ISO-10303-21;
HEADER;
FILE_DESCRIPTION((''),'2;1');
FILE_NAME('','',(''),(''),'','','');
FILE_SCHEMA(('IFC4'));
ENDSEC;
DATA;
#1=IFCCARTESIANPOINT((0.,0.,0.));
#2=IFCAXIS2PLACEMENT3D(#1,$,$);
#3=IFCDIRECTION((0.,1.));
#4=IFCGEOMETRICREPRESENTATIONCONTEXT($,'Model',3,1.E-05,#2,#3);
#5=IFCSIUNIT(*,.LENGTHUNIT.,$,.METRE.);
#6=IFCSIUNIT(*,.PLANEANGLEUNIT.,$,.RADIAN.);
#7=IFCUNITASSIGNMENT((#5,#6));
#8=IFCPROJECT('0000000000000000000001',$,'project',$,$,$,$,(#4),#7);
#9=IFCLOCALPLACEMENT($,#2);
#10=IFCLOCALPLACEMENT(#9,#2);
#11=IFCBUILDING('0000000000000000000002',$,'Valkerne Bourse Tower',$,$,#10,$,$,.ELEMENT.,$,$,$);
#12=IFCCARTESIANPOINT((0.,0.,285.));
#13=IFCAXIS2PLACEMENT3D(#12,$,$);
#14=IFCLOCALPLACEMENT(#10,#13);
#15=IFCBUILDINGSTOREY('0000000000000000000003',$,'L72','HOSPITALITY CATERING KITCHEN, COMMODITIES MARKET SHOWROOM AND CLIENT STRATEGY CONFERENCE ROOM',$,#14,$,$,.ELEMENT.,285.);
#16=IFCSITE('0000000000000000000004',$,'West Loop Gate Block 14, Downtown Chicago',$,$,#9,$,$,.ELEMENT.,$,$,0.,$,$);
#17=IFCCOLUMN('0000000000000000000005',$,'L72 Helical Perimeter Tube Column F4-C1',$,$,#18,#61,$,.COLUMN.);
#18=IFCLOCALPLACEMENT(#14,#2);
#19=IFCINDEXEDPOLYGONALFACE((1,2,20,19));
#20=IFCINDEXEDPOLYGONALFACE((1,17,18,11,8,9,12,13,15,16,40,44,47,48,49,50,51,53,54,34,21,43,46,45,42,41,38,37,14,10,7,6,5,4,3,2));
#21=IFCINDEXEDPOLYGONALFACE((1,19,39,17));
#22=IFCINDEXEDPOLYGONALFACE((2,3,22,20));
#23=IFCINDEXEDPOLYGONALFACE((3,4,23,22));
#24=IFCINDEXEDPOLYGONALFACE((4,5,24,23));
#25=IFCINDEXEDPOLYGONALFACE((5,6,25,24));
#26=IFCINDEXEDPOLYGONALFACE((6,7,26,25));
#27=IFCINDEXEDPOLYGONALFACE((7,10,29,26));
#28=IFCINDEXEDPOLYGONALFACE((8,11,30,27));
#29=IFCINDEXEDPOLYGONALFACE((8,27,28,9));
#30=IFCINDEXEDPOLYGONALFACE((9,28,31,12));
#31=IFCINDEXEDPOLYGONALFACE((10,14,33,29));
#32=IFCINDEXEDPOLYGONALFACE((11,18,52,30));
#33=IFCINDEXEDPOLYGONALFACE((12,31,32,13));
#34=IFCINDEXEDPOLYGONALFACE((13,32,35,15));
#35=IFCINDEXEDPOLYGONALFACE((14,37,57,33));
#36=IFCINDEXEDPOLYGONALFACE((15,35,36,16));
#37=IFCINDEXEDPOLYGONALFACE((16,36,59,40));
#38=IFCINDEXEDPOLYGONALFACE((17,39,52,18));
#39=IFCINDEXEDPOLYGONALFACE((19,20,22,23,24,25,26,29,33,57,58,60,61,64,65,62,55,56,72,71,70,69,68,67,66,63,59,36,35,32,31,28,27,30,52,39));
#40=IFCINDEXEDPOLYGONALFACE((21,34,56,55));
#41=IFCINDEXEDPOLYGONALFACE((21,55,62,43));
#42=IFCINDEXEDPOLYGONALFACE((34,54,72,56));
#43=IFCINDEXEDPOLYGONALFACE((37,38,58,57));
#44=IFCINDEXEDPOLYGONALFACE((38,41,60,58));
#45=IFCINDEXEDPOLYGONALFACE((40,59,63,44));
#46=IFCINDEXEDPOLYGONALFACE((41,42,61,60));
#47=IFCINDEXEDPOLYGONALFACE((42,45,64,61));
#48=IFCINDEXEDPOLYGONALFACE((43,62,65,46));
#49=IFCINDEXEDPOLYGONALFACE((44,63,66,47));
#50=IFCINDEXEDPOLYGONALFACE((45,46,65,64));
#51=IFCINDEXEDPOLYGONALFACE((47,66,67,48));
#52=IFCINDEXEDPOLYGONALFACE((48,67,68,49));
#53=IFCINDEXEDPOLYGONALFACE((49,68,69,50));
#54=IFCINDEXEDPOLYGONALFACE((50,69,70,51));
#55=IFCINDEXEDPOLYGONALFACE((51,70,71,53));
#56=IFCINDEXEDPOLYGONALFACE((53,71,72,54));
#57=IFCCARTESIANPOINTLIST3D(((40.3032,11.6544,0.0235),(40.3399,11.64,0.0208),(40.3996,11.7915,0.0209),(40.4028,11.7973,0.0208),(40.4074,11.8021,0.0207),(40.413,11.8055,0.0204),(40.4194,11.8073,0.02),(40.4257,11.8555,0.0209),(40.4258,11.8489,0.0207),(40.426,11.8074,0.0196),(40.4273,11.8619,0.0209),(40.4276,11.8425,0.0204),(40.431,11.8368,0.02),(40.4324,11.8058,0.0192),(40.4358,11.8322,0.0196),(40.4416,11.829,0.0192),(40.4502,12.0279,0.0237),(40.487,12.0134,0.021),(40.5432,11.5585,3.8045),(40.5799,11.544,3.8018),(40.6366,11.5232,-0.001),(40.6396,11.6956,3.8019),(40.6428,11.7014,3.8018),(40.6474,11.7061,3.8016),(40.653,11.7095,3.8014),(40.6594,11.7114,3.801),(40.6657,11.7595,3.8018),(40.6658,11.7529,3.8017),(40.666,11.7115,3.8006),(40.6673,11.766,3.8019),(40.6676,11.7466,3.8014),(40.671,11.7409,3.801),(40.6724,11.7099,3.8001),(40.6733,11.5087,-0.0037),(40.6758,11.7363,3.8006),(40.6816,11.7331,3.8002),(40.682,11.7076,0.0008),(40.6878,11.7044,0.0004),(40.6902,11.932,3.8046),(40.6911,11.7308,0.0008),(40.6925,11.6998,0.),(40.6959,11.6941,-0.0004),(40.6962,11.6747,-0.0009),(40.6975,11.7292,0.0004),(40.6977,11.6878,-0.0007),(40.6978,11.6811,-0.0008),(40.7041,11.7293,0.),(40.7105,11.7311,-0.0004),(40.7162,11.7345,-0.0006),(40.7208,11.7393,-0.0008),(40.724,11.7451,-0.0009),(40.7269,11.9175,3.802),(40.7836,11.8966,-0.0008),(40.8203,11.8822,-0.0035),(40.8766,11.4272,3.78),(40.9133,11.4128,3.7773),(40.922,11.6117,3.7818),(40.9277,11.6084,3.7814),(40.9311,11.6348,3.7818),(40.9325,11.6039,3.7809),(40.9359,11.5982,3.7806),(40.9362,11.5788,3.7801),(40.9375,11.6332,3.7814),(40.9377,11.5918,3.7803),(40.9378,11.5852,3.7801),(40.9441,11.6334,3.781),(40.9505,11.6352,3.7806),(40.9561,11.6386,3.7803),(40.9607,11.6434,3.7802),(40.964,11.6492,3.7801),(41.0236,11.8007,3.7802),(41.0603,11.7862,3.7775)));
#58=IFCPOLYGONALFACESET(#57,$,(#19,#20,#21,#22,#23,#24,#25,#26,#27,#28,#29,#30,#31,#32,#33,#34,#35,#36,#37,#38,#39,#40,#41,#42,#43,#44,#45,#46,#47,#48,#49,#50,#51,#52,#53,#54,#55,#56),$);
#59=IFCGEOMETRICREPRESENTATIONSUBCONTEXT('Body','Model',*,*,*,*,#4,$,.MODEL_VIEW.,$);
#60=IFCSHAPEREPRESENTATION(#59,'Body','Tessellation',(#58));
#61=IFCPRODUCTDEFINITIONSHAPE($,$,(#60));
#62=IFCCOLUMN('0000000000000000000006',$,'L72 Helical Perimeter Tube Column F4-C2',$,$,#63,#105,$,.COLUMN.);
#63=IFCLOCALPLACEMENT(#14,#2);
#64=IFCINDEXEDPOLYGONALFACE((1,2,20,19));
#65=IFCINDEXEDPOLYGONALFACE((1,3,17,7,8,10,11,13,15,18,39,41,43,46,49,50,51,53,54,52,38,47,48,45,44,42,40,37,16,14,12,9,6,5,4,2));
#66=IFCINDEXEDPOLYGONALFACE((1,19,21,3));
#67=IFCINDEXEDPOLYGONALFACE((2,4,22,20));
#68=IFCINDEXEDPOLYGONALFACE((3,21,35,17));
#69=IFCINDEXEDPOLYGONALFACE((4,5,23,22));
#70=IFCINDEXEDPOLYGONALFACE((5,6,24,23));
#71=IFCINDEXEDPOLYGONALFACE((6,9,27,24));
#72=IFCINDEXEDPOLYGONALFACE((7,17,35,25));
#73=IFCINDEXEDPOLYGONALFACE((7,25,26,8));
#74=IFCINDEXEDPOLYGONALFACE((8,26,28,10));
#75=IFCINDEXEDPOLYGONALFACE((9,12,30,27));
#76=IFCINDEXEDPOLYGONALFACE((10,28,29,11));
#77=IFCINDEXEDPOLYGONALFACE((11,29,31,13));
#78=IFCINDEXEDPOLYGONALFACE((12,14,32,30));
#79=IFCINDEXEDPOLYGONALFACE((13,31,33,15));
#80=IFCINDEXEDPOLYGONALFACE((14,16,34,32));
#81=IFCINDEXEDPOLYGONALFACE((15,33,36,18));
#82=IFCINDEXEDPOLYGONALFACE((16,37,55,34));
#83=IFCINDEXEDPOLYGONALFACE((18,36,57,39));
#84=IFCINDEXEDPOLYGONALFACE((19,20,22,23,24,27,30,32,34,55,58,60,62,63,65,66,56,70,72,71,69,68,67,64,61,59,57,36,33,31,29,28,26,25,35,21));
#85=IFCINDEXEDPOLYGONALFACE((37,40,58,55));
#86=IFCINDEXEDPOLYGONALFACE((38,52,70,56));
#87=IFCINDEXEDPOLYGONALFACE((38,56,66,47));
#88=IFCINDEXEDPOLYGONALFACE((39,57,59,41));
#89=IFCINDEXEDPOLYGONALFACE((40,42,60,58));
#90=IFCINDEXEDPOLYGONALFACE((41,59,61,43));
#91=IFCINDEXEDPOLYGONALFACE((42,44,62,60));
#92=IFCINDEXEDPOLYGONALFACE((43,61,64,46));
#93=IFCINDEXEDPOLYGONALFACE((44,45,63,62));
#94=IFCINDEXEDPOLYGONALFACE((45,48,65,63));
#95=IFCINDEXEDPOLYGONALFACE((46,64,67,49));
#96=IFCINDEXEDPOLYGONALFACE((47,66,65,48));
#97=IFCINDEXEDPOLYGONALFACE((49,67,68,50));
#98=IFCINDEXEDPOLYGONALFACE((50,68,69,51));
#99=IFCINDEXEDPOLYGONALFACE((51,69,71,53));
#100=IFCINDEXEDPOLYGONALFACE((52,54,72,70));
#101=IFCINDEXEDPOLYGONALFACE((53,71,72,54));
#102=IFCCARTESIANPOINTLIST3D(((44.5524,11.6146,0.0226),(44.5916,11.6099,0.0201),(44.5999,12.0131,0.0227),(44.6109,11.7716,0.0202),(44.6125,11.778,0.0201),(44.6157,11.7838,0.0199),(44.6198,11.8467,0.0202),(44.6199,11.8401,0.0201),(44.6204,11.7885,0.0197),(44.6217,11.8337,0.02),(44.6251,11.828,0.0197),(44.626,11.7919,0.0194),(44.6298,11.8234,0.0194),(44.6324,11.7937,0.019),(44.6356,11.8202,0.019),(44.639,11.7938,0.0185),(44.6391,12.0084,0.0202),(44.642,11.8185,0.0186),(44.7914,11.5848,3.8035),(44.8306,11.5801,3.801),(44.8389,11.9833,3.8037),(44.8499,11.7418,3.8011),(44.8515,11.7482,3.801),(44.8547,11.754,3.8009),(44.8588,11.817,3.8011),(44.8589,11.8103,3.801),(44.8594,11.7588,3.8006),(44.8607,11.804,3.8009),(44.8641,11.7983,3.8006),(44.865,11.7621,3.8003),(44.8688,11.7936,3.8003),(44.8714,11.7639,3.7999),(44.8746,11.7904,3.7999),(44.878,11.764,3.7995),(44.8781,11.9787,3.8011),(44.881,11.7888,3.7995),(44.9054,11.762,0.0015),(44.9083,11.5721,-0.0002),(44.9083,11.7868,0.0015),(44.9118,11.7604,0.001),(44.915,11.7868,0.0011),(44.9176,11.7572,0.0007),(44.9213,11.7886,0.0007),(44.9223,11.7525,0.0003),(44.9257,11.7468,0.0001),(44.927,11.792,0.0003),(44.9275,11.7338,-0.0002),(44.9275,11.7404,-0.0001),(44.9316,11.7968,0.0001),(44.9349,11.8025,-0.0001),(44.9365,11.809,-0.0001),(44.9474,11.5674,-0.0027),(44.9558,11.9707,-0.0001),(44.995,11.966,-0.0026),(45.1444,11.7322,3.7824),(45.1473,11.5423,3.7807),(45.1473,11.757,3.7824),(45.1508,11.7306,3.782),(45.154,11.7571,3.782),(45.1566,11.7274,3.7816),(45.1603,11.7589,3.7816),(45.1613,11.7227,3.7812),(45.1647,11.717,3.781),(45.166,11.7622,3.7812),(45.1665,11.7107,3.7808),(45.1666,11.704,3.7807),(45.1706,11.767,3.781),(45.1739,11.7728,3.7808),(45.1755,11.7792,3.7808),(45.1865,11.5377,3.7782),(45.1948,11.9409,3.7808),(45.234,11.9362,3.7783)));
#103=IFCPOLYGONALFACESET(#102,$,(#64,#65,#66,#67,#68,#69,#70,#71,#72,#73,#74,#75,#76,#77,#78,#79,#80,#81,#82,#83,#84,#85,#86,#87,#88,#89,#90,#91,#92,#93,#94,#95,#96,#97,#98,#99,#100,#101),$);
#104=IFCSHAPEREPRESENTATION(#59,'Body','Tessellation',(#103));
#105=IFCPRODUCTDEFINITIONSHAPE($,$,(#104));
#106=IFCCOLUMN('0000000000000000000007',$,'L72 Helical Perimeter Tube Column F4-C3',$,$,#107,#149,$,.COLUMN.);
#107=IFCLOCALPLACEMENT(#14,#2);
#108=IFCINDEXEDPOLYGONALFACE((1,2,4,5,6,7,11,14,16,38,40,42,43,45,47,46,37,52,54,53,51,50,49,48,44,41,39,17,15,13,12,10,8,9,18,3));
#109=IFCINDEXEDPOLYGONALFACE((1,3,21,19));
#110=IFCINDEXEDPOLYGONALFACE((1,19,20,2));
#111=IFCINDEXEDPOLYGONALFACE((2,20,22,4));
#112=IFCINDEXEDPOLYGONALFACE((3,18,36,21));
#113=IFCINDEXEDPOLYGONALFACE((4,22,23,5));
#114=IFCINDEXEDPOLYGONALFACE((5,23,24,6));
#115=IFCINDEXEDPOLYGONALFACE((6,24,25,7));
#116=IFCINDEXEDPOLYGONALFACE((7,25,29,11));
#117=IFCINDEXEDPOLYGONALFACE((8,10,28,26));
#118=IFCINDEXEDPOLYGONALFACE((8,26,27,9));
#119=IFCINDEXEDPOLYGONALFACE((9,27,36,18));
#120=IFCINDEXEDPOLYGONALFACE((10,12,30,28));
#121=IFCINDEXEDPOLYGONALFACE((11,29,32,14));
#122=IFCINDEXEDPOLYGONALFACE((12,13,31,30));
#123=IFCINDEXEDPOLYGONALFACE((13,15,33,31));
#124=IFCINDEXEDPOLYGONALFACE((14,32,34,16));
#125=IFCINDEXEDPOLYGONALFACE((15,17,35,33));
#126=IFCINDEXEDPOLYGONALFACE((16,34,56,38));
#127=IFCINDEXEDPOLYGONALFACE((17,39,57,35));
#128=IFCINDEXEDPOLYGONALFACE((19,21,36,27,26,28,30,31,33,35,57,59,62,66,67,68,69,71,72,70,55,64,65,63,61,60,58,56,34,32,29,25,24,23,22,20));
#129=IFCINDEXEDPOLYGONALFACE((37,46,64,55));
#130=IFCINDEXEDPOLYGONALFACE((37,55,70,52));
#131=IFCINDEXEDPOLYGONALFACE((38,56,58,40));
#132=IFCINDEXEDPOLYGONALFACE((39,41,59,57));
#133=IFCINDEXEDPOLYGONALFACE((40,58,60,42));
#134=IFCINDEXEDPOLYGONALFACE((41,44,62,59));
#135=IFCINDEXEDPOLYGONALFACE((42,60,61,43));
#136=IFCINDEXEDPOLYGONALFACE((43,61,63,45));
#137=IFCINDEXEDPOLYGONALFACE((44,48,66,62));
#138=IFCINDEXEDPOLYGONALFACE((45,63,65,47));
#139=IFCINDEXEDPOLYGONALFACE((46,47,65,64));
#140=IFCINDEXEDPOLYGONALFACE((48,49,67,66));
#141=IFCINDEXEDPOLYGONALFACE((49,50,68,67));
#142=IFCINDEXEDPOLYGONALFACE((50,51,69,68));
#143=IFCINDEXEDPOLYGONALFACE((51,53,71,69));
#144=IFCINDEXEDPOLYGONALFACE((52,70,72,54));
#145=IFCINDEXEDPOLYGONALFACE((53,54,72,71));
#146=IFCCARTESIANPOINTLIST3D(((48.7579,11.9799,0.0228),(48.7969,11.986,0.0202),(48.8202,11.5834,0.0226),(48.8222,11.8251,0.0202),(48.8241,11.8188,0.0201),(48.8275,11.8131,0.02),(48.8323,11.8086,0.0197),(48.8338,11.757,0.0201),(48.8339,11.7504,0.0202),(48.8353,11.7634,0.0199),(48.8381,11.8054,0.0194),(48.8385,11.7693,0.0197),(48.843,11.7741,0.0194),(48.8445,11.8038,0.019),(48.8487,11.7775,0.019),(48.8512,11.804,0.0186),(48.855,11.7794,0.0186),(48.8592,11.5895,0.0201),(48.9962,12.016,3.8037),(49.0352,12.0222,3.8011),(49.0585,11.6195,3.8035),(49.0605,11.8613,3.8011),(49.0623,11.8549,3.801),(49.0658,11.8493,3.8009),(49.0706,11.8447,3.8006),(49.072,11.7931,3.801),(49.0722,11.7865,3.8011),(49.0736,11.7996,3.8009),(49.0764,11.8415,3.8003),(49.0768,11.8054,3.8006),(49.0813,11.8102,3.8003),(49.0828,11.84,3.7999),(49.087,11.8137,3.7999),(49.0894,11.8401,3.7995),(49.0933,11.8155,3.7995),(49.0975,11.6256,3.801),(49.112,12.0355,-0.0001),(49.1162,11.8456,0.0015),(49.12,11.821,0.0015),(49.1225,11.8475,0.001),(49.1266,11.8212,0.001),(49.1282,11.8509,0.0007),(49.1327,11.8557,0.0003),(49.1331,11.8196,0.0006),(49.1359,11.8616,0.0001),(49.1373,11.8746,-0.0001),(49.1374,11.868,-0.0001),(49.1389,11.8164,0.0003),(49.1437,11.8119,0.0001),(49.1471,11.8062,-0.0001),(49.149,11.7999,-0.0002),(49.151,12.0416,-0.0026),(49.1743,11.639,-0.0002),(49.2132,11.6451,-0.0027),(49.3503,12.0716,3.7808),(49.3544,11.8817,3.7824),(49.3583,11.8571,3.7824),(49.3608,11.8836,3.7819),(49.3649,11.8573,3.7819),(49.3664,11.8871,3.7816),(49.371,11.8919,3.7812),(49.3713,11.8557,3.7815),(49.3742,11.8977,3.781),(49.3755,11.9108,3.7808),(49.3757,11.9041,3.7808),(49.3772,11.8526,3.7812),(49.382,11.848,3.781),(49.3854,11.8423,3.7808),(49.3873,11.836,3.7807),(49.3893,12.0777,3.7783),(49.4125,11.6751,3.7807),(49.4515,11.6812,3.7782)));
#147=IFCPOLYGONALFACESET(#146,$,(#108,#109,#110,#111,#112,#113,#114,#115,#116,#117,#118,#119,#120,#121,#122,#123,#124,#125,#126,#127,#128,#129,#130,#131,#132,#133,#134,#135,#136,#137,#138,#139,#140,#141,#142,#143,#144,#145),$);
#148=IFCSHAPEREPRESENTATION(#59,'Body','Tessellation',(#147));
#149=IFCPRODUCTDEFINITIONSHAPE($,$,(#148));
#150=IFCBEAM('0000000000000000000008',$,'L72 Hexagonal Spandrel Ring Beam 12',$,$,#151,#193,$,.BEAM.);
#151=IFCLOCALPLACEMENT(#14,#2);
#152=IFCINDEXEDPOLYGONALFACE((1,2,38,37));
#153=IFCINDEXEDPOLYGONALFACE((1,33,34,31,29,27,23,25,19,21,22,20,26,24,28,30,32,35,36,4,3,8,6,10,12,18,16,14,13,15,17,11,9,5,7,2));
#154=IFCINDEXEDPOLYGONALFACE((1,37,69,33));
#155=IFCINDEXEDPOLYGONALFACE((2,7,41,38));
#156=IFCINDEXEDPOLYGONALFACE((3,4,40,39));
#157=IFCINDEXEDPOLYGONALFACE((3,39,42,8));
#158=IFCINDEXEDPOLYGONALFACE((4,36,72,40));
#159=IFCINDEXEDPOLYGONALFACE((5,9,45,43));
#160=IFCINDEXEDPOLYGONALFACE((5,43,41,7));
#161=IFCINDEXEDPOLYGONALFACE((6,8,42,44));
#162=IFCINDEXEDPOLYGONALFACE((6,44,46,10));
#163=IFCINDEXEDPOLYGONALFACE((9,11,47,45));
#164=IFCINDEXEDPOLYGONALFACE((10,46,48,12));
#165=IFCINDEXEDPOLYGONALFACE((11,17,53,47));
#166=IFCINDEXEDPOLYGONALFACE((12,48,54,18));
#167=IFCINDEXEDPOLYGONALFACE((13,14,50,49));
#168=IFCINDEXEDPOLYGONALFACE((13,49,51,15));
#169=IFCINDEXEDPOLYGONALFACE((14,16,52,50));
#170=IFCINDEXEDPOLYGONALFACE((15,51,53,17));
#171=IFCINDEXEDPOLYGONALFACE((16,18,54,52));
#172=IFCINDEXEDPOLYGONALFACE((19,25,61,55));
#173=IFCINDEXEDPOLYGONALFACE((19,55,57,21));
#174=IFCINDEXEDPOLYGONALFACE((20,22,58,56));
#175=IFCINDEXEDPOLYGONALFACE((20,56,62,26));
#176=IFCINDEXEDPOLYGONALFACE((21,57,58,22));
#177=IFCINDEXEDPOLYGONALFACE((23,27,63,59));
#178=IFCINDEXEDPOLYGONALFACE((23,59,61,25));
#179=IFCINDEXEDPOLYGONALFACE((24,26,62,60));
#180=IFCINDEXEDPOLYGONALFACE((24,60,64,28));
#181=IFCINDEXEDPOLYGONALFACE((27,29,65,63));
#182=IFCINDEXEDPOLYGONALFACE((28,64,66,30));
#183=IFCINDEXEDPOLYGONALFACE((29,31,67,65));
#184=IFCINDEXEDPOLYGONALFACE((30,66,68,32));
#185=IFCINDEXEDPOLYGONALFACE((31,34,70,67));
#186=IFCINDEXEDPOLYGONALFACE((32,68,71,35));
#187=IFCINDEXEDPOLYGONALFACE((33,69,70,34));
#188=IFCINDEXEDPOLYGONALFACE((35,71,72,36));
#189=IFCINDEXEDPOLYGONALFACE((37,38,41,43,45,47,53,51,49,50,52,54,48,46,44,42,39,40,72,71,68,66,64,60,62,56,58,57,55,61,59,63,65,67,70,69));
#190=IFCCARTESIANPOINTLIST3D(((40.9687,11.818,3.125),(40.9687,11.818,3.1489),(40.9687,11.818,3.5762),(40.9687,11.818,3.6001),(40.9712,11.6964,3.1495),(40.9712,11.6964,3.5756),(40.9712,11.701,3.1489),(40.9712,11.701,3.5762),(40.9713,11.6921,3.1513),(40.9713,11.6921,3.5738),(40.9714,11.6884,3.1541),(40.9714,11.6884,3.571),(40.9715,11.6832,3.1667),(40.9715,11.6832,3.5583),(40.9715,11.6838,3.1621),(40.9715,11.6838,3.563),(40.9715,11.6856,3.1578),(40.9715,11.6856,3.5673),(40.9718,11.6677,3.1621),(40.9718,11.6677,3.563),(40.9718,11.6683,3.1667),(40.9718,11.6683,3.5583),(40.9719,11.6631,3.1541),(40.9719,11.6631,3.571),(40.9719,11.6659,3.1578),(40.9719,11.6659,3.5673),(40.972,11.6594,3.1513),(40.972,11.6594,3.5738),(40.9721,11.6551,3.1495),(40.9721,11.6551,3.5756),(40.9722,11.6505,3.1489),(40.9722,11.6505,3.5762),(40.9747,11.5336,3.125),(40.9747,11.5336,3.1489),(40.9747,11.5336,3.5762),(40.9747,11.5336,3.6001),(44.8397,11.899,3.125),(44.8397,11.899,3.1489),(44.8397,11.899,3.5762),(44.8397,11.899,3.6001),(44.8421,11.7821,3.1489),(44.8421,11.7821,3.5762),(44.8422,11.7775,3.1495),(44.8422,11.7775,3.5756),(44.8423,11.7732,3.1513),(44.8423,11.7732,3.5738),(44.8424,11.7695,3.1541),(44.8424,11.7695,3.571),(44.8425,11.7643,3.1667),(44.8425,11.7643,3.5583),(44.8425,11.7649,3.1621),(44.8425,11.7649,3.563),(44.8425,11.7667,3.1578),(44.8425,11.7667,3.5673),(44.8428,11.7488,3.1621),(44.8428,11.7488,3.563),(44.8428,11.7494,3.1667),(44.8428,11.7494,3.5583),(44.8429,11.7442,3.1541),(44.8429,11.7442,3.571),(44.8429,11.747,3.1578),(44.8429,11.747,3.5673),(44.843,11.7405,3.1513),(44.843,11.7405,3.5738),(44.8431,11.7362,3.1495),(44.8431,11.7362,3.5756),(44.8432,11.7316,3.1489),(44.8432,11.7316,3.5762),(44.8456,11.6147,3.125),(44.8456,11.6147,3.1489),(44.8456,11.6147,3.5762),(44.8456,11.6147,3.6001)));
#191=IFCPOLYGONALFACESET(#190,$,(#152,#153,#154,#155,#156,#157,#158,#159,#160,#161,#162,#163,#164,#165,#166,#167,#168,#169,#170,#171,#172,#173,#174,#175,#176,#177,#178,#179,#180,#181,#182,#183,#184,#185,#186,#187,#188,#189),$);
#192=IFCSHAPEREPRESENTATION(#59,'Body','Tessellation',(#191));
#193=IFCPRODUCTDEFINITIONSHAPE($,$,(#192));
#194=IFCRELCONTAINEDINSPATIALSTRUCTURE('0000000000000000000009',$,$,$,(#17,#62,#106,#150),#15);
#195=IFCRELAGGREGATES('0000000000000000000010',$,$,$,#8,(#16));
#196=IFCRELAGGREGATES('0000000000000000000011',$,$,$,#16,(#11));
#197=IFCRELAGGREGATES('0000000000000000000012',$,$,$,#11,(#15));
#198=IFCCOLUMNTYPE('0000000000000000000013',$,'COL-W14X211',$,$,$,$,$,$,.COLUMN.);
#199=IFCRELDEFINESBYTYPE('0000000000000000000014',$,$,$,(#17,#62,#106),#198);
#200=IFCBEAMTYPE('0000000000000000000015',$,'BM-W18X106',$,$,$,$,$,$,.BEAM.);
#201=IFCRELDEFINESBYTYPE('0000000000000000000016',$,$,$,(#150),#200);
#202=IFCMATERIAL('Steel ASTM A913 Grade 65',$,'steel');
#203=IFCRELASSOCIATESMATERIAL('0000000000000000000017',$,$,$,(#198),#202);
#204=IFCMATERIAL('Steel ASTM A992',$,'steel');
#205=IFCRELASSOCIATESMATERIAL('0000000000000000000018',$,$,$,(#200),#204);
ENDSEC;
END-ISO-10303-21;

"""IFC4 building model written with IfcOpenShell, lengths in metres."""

from ifc_helpers import new_model, si_unit, direction, frame, origin, origin_2d, place, context, subcontext, project, spatial, i_section, extrude, material, material_profile, profile_set, type_object, element, save


model = new_model("IFC4")

# Units and contexts
model_context = context("Model", 3, precision=1e-05, world=origin(), true_north=direction((0.0, 1.0)))
body_context = subcontext(model_context, "Body", "Model", "MODEL_VIEW")
ifc_project = project(units=[si_unit("LENGTHUNIT", "METRE"), si_unit("PLANEANGLEUNIT", "RADIAN")], contexts=[model_context])

# Site, building, storey
site_placement = place(None, origin())
site = spatial("IfcSite", under=ifc_project, at=site_placement, Name="West Loop Gate Block 14, Downtown Chicago", CompositionType="ELEMENT", RefElevation=0.0)
building_placement = place(site_placement, origin())
building = spatial("IfcBuilding", under=site, at=building_placement, Name="Valkerne Bourse Tower", CompositionType="ELEMENT")
storey_placement = place(building_placement, frame((0.0, 0.0, 285.0)))
storey = spatial("IfcBuildingStorey", under=building, at=storey_placement, Name="L72", Description="HOSPITALITY CATERING KITCHEN, COMMODITIES MARKET SHOWROOM AND CLIENT STRATEGY CONFERENCE ROOM", CompositionType="ELEMENT", Elevation=285.0)

# Columns
ifc_material_1 = material(Name="Steel ASTM A913 Grade 65", Category="steel")
ifc_material_profile_1 = material_profile(ifc_material_1, i_section(OverallWidth=0.4014, OverallDepth=0.3987, WebThickness=0.0249, FlangeThickness=0.0396, FilletRadius=0.0254, at=origin_2d()), Name="W14X211")
ifc_profile_set_1 = profile_set([ifc_material_profile_1], Name="Steel ASTM A913 Grade 65")
column_type = type_object("IfcColumnType", Name="COL-W14X211", PredefinedType="COLUMN", material=ifc_profile_set_1)
column_placement = place(storey_placement, frame((40.5618, 11.7683, 0.01), z_axis=(0.063325, -0.025317, 0.997672), x_axis=(0.366372, 0.930468, 0.000357)))
element("IfcColumn", 1, at=column_placement, inside=storey, type_object=column_type, Name="L72 Helical Perimeter Tube Column F4-C1", PredefinedType="COLUMN", context=body_context, shape_type="SweptSolid", body=[
    extrude(i_section(OverallWidth=0.4014, OverallDepth=0.3987, WebThickness=0.0249, FlangeThickness=0.0396, FilletRadius=0.0254, at=origin_2d()), origin(), (0.0, 0.0, 1.0), 3.7898),
])
for number, where, z_axis, x_axis, name in (
    (2, (44.7737, 11.7903, 0.01), (0.063086, -0.007862, 0.997977), (0.118474, 0.992957, 0.000333), "L72 Helical Perimeter Tube Column F4-C2"),
    (3, (48.9856, 11.8125, 0.01), (0.062893, 0.009537, 0.997975), (-0.15509, 0.9879, 0.000333), "L72 Helical Perimeter Tube Column F4-C3"),
):
    element("IfcColumn", number, at=place(storey_placement, frame(where, z_axis=z_axis, x_axis=x_axis)), inside=storey, type_object=column_type, Name=name, PredefinedType="COLUMN", context=body_context, shape_type="SweptSolid", body=[
        extrude(i_section(OverallWidth=0.4014, OverallDepth=0.3987, WebThickness=0.0249, FlangeThickness=0.0396, FilletRadius=0.0254, at=origin_2d()), origin(), (0.0, 0.0, 1.0), 3.7886),
    ])

# Beam
ifc_material_2 = material(Name="Steel ASTM A992", Category="steel")
ifc_material_profile_2 = material_profile(ifc_material_2, i_section(OverallWidth=0.2844, OverallDepth=0.4751, WebThickness=0.0149, FlangeThickness=0.0239, FilletRadius=0.0178, at=origin_2d()), Name="W18X106")
ifc_profile_set_2 = profile_set([ifc_material_profile_2], Name="Steel ASTM A992")
beam_type_1 = type_object("IfcBeamType", Name="BM-W18X106", PredefinedType="BEAM", material=ifc_profile_set_2)
beam_1_placement = place(storey_placement, frame((40.9717, 11.6758, 3.3625), z_axis=(0.999781, 0.020934, 0.0), x_axis=(-0.020934, 0.999781, 0.0)))
element("IfcBeam", 4, at=beam_1_placement, inside=storey, type_object=beam_type_1, Name="L72 Hexagonal Spandrel Ring Beam 12", PredefinedType="BEAM", context=body_context, shape_type="SweptSolid", body=[
    extrude(i_section(OverallWidth=0.2844, OverallDepth=0.4751, WebThickness=0.0149, FlangeThickness=0.0239, FilletRadius=0.0178, at=origin_2d()), origin(), (0.0, 0.0, 1.0), 3.8718),
])

save(model, "model.ifc")
